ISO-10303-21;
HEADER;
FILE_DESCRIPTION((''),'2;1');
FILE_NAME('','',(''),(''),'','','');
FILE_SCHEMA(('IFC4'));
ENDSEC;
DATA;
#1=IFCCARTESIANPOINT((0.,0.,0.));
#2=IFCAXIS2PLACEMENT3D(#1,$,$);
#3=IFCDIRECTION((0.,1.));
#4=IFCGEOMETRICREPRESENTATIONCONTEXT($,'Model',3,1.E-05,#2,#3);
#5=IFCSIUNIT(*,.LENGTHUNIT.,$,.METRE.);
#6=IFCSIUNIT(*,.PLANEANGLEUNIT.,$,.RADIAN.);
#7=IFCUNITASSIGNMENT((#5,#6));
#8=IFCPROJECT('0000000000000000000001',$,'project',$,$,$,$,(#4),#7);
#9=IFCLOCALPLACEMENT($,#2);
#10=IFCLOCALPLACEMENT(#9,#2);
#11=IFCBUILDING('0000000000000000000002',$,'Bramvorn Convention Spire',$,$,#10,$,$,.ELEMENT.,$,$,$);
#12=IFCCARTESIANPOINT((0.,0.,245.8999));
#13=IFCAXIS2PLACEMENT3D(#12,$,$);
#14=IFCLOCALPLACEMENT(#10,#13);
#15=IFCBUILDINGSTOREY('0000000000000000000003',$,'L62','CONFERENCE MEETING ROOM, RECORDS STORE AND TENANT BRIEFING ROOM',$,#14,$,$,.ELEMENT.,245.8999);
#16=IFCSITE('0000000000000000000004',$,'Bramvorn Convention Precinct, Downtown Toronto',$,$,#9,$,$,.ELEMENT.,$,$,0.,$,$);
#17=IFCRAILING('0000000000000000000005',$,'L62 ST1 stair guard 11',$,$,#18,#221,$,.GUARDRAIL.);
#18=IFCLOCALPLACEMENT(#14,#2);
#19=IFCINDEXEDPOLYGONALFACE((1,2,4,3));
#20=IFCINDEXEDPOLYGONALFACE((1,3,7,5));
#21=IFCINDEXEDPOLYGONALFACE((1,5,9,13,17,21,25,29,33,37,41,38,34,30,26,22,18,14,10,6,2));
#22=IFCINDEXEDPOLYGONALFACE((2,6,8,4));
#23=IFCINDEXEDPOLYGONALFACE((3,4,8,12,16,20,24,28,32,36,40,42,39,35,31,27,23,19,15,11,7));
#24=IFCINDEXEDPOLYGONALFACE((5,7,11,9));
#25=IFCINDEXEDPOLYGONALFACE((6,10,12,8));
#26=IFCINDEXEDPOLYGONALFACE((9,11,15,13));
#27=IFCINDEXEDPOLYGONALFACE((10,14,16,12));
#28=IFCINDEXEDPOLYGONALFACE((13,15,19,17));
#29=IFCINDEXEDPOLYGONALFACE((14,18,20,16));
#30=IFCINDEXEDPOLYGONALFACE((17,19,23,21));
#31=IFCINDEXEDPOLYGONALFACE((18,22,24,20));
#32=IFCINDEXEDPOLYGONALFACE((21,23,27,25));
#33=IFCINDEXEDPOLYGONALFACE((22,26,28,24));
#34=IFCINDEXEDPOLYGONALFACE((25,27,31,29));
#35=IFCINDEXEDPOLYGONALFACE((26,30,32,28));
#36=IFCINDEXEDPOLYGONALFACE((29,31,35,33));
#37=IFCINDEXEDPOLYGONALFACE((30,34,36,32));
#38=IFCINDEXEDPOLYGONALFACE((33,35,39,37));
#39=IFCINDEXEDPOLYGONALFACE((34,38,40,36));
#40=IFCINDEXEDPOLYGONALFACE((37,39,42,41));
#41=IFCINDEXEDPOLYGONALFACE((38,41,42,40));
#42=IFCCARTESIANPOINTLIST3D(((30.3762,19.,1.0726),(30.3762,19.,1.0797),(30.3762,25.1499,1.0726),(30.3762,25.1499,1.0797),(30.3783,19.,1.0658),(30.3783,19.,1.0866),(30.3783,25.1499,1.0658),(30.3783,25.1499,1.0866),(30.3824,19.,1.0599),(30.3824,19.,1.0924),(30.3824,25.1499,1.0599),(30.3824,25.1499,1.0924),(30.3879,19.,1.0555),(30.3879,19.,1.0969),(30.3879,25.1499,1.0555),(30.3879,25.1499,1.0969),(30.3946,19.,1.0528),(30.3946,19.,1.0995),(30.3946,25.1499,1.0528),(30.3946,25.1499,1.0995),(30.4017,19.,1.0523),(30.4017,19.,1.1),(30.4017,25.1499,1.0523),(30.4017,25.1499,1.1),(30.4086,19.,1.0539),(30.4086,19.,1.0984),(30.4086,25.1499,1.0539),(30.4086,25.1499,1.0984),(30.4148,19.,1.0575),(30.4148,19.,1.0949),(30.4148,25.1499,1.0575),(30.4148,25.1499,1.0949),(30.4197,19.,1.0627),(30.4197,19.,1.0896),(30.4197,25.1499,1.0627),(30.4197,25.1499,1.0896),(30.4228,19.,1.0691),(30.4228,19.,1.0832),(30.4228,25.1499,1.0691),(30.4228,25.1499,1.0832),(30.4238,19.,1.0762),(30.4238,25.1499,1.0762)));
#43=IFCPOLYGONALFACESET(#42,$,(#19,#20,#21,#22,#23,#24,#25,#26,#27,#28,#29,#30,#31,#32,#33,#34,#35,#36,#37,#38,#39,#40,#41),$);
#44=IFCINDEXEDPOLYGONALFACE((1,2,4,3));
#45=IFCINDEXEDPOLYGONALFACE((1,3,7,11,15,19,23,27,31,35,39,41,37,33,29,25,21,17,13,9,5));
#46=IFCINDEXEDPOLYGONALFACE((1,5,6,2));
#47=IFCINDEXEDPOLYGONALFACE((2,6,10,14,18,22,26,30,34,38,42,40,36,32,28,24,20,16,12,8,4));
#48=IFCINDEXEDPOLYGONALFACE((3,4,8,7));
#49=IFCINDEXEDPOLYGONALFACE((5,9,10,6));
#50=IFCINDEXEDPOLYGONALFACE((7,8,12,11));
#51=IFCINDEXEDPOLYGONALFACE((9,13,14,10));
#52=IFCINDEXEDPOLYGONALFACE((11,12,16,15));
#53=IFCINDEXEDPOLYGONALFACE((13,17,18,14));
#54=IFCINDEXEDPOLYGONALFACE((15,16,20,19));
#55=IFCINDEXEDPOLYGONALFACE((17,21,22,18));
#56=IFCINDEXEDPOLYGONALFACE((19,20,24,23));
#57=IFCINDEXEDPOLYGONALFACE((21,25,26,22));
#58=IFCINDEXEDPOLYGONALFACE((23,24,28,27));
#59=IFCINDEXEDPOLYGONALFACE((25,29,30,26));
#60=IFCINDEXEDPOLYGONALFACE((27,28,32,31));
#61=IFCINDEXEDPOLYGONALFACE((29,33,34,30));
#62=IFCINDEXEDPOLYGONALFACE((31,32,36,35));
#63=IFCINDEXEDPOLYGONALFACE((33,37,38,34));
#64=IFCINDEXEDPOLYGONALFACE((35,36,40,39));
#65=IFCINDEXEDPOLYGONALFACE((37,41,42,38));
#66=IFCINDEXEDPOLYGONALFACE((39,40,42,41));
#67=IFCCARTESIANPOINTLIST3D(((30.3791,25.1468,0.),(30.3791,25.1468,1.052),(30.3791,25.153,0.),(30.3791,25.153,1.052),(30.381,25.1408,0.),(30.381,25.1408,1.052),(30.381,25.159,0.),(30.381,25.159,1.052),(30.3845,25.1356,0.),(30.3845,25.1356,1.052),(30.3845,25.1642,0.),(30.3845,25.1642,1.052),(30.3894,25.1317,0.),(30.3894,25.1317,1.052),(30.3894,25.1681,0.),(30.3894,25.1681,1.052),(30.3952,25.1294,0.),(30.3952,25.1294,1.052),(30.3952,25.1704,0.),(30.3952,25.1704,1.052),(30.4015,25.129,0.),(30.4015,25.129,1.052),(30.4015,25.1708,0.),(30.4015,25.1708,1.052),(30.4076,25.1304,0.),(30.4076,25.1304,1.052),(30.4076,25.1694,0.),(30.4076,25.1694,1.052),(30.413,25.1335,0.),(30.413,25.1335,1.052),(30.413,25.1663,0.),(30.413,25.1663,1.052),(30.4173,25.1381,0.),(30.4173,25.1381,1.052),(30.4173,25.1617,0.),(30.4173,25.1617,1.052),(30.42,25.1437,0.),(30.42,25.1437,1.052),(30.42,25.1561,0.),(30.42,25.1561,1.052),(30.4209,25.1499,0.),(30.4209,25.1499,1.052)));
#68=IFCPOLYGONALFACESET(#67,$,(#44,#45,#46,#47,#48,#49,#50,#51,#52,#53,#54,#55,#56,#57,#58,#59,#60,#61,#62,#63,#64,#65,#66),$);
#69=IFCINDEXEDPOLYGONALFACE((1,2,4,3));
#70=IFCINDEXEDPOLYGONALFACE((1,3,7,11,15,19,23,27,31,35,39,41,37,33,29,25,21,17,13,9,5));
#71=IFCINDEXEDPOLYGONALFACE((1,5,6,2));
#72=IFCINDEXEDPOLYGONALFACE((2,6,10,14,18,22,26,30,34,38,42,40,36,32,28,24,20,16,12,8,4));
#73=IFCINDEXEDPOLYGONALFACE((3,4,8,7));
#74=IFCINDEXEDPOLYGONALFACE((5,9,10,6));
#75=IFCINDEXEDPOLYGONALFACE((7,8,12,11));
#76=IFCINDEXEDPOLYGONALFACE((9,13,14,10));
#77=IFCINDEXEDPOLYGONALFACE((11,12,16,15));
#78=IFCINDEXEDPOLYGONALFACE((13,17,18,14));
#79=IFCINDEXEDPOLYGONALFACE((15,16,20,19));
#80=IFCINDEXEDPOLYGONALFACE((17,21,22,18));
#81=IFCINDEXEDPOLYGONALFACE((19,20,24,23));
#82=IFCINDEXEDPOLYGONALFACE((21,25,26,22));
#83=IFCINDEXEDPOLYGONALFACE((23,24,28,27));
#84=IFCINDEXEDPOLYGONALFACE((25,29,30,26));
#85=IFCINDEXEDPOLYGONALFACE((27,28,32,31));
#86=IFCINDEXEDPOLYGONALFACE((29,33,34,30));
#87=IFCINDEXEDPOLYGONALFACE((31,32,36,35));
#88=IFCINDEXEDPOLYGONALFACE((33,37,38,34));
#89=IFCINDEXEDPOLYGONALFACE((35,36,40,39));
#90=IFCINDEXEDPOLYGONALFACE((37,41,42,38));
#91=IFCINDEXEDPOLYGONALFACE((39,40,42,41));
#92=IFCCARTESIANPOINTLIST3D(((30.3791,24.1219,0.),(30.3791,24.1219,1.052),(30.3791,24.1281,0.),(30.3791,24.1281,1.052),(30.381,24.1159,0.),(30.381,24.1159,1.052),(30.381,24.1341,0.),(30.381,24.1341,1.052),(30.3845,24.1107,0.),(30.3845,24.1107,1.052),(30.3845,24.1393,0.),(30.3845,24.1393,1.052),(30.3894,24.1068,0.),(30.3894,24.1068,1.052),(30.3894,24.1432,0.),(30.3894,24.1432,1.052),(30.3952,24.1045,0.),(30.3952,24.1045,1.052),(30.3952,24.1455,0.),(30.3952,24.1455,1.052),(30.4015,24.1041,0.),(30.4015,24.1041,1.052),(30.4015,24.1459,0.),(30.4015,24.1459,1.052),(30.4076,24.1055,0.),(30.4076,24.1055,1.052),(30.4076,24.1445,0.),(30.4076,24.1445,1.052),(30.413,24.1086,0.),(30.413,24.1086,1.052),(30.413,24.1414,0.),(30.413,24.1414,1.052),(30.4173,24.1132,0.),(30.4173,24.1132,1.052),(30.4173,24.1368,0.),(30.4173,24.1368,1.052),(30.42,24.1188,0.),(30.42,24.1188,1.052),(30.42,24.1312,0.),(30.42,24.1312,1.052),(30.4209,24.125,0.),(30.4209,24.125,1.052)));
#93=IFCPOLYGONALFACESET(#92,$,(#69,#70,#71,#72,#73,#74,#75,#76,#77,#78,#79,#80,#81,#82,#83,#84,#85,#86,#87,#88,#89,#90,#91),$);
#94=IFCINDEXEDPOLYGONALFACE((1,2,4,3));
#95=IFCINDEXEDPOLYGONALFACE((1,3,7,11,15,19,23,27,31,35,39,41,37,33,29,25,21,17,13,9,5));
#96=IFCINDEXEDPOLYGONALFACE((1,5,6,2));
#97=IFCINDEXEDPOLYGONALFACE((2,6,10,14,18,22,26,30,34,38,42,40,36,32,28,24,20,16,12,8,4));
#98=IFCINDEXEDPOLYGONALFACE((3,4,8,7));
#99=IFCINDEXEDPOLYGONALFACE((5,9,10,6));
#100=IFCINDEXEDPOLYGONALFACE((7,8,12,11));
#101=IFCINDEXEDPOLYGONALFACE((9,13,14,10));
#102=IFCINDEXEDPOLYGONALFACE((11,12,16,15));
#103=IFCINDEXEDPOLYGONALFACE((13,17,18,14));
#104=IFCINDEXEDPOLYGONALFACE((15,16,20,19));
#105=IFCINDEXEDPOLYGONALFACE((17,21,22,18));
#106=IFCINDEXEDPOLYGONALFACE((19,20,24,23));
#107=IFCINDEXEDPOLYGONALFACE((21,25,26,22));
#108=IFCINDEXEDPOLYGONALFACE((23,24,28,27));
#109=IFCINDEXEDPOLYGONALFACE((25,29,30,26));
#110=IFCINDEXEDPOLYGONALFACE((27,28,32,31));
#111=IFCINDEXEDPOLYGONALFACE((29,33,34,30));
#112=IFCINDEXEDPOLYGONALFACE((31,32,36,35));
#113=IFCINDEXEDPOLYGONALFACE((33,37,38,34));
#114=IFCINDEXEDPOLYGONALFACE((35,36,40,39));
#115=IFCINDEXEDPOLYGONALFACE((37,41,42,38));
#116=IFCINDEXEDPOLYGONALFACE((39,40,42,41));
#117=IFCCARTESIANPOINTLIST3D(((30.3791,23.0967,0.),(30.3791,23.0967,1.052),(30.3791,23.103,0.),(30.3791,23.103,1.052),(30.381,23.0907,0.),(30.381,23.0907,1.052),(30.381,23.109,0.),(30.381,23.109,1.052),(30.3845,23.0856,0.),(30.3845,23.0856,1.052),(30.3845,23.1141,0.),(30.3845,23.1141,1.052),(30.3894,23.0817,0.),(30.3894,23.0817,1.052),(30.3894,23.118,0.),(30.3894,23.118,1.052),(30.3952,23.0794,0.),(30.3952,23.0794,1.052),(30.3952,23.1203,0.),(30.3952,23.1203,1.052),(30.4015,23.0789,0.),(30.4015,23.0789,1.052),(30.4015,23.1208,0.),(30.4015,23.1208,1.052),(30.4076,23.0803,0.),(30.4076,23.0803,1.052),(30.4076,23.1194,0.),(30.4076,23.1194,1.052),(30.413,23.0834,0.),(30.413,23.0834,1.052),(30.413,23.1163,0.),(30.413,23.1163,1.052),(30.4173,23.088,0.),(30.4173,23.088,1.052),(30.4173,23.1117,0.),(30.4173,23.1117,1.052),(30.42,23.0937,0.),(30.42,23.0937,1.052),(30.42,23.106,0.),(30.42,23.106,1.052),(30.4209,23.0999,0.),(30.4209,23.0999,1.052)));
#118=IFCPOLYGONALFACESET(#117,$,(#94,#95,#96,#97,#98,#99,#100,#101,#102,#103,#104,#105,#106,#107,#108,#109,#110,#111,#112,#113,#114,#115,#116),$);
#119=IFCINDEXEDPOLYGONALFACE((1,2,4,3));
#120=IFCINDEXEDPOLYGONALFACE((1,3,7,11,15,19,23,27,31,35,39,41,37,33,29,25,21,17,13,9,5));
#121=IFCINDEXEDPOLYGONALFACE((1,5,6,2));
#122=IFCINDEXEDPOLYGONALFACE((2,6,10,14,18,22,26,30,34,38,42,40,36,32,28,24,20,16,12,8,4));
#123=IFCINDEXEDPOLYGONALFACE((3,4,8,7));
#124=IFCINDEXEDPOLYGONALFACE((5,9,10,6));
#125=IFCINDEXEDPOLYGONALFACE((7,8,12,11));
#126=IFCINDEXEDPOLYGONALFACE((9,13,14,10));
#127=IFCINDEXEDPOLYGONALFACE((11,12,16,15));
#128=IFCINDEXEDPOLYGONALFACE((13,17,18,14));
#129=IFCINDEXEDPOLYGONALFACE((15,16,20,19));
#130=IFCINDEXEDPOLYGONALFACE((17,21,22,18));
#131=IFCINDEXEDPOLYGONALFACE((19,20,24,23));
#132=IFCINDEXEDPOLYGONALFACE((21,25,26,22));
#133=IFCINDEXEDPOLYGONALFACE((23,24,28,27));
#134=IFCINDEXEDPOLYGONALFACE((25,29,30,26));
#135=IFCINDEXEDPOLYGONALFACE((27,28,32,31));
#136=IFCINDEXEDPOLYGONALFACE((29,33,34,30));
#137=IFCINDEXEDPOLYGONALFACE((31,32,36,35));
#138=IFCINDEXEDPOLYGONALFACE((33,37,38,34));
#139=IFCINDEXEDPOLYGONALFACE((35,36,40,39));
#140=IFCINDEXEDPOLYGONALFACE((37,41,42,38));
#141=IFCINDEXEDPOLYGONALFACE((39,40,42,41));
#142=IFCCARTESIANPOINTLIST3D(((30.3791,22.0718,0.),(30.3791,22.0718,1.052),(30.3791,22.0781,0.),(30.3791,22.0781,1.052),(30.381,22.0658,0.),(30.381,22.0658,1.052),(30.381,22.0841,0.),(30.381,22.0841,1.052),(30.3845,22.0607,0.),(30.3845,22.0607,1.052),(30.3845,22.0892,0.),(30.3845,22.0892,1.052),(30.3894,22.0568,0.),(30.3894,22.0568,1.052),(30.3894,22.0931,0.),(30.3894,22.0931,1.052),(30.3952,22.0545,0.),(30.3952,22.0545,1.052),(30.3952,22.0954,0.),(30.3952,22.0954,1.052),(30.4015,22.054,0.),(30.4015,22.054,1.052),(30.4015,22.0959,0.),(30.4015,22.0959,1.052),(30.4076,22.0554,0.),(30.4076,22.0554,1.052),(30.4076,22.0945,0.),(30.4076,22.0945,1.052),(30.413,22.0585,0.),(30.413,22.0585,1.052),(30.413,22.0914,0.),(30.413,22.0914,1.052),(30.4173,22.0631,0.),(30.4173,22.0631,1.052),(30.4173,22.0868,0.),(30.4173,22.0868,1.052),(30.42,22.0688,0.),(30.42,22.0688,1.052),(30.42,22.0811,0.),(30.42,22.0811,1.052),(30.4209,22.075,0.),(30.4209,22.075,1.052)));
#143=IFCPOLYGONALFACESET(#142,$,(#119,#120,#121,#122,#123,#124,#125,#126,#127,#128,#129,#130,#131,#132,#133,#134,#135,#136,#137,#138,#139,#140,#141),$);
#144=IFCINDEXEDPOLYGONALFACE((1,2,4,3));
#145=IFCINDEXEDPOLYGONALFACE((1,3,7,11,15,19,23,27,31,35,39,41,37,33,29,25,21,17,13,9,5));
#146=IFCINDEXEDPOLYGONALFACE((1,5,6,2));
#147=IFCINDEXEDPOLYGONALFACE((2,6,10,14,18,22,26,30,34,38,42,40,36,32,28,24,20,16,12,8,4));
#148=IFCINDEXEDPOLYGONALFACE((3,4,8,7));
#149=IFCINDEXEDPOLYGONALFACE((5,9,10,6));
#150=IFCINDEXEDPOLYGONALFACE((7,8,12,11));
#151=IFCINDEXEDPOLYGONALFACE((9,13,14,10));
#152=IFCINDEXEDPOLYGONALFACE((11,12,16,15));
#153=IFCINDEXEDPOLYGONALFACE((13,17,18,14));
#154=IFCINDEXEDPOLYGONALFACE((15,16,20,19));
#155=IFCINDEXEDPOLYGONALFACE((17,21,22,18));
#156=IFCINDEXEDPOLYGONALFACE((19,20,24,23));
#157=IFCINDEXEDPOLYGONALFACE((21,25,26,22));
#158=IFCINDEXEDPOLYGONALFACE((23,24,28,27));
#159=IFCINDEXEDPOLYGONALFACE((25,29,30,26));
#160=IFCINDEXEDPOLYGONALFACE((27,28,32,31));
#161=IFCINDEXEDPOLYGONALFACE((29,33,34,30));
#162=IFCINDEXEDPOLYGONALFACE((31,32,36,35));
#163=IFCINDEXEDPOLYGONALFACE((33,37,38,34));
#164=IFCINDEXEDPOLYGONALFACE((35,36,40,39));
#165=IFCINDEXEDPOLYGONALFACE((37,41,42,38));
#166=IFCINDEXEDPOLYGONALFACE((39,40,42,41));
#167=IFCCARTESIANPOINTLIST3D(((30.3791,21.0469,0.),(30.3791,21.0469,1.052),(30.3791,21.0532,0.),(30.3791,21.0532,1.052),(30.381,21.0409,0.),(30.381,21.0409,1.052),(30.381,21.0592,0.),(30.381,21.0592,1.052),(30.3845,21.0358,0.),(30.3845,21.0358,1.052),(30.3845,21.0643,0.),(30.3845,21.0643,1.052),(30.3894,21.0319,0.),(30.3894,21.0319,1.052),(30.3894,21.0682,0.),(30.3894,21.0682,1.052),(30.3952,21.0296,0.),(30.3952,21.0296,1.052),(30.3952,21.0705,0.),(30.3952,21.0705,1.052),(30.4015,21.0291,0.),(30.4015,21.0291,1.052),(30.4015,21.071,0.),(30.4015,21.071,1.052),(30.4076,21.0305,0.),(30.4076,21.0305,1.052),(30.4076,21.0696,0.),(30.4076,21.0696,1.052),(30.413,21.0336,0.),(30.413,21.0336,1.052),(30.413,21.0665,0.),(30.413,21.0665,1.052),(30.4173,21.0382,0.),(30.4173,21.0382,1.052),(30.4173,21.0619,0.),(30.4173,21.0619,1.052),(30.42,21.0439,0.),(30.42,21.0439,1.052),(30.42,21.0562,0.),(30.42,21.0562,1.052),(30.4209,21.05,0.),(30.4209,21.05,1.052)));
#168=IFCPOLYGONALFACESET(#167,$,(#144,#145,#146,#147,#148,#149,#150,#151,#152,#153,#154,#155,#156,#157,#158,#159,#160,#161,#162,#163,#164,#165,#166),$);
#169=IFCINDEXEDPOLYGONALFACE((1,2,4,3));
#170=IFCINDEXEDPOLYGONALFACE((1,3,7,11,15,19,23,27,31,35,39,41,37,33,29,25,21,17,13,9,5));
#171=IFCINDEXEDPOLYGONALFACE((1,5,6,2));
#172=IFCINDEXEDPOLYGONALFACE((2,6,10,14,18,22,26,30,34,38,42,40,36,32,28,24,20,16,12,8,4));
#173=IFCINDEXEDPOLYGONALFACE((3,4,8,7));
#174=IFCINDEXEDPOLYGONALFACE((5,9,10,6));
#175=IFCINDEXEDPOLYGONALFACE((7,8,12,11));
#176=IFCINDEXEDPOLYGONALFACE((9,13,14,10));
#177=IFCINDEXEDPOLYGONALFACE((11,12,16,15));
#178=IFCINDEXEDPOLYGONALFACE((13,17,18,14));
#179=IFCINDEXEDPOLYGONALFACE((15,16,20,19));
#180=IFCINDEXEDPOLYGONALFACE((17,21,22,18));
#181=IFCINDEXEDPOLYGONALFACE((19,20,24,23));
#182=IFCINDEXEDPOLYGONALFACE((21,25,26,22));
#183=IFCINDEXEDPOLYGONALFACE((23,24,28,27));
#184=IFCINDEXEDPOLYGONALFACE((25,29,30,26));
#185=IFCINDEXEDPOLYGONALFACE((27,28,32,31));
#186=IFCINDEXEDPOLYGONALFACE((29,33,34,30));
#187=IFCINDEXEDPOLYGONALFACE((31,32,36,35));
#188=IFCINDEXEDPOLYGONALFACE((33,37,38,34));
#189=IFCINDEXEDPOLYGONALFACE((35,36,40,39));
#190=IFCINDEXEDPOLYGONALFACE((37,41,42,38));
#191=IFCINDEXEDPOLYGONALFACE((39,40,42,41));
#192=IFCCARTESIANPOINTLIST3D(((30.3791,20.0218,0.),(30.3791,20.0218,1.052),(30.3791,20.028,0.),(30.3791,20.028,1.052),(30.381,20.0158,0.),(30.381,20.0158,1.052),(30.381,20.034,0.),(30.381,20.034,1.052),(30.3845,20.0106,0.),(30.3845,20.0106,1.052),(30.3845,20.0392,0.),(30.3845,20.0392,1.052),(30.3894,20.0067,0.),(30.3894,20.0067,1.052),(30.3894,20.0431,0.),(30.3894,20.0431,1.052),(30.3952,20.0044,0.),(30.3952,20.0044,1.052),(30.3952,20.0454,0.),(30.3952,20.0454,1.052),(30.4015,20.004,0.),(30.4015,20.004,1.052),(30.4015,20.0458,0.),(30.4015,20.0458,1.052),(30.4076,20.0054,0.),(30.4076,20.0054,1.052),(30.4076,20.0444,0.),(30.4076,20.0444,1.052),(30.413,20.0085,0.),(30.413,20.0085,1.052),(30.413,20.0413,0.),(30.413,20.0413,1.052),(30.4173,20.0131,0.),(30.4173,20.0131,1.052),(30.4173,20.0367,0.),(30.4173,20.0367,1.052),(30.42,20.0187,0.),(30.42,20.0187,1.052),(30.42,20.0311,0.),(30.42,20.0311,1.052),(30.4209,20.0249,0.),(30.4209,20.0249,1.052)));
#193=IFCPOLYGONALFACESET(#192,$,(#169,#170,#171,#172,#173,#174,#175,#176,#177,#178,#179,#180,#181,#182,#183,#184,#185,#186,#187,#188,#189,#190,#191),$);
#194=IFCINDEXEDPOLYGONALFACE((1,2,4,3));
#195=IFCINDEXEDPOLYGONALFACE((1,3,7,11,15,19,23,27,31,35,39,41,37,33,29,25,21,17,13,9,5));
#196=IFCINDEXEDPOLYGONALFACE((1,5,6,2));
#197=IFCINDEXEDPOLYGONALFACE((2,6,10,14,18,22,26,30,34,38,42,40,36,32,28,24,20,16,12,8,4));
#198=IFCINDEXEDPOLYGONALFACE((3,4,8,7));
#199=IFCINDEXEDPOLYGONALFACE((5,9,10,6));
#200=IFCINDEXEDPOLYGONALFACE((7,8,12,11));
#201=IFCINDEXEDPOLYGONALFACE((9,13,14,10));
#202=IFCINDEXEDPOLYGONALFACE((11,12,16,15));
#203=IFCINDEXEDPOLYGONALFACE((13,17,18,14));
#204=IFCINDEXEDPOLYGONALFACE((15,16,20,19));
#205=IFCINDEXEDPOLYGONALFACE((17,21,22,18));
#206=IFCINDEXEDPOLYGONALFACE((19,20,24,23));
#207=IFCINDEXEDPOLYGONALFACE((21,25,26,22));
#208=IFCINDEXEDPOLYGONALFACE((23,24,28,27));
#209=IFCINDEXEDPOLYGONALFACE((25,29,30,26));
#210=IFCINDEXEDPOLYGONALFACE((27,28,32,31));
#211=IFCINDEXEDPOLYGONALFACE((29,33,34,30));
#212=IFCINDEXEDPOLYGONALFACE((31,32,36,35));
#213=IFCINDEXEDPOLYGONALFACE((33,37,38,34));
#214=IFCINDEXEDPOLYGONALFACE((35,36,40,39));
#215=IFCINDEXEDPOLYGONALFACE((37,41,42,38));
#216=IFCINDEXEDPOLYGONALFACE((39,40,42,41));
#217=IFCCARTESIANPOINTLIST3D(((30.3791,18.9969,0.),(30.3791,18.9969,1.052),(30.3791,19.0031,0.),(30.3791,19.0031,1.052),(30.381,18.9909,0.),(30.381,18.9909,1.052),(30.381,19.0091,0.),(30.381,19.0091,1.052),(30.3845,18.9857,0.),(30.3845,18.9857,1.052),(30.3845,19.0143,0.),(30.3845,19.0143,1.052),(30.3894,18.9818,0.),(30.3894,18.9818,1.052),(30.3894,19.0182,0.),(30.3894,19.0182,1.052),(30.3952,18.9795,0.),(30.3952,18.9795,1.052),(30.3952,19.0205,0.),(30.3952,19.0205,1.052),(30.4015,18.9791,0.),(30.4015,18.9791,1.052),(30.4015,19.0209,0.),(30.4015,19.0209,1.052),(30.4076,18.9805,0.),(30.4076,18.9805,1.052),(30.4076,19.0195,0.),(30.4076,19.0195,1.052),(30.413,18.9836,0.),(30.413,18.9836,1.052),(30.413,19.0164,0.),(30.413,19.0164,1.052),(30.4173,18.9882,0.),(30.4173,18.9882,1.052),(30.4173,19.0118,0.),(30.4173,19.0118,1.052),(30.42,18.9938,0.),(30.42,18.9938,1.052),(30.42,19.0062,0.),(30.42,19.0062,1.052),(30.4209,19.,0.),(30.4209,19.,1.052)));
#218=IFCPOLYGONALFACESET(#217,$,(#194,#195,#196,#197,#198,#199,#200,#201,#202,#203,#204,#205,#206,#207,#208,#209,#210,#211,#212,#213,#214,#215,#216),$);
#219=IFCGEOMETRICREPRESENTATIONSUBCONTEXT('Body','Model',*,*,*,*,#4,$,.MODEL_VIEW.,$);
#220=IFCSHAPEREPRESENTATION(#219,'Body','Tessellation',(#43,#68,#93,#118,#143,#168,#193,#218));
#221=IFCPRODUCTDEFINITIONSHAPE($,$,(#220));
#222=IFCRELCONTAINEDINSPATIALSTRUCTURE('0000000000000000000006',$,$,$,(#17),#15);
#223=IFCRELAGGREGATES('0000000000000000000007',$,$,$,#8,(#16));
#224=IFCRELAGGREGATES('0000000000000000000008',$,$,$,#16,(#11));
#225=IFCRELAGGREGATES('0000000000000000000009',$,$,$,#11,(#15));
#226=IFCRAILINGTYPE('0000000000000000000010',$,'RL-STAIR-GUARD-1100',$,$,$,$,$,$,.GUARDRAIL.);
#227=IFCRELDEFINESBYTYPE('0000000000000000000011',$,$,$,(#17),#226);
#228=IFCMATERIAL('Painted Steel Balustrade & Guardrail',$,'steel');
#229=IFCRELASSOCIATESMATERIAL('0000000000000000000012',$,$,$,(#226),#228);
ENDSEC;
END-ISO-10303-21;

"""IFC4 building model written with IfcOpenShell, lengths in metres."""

from ifc_helpers import new_model, si_unit, direction, frame, origin, origin_2d, place, context, subcontext, project, spatial, circle, extrude, material, type_object, element, save


model = new_model("IFC4")

# Units and contexts
model_context = context("Model", 3, precision=1e-05, world=origin(), true_north=direction((0.0, 1.0)))
body_context = subcontext(model_context, "Body", "Model", "MODEL_VIEW")
ifc_project = project(units=[si_unit("LENGTHUNIT", "METRE"), si_unit("PLANEANGLEUNIT", "RADIAN")], contexts=[model_context])

# Site, building, storey
site_placement = place(None, origin())
site = spatial("IfcSite", under=ifc_project, at=site_placement, Name="Bramvorn Convention Precinct, Downtown Toronto", CompositionType="ELEMENT", RefElevation=0.0)
building_placement = place(site_placement, origin())
building = spatial("IfcBuilding", under=site, at=building_placement, Name="Bramvorn Convention Spire", CompositionType="ELEMENT")
storey_placement = place(building_placement, frame((0.0, 0.0, 245.8999)))
storey = spatial("IfcBuildingStorey", under=building, at=storey_placement, Name="L62", Description="CONFERENCE MEETING ROOM, RECORDS STORE AND TENANT BRIEFING ROOM", CompositionType="ELEMENT", Elevation=245.8999)

# Railing
ifc_material_1 = material(Name="Painted Steel Balustrade & Guardrail", Category="steel")
railing_type_1 = type_object("IfcRailingType", Name="RL-STAIR-GUARD-1100", PredefinedType="GUARDRAIL", material=ifc_material_1)
railing_1_placement = place(storey_placement, frame((30.3999, 25.1499, 0.0)))
element("IfcRailing", 1, at=railing_1_placement, inside=storey, type_object=railing_type_1, Name="L62 ST1 stair guard 11", PredefinedType="GUARDRAIL", context=body_context, shape_type="SweptSolid", body=[
    extrude(circle(Radius=0.0239, at=origin_2d()), frame((0.0, 0.0, 1.0762), z_axis=(0.0, -1.0, 0.0), x_axis=(1.0, 0.0, 0.0)), (0.0, 0.0, 1.0), 6.1499),
    extrude(circle(Radius=0.021, at=origin_2d()), origin(), (0.0, 0.0, 1.0), 1.052),
    extrude(circle(Radius=0.021, at=origin_2d()), frame((0.0, -1.0249, 0.0)), (0.0, 0.0, 1.0), 1.052),
    extrude(circle(Radius=0.021, at=origin_2d()), frame((0.0, -2.05, 0.0)), (0.0, 0.0, 1.0), 1.052),
    extrude(circle(Radius=0.021, at=origin_2d()), frame((0.0, -3.075, 0.0)), (0.0, 0.0, 1.0), 1.052),
    extrude(circle(Radius=0.021, at=origin_2d()), frame((0.0, -4.0999, 0.0)), (0.0, 0.0, 1.0), 1.052),
    extrude(circle(Radius=0.021, at=origin_2d()), frame((0.0, -5.125, 0.0)), (0.0, 0.0, 1.0), 1.052),
    extrude(circle(Radius=0.021, at=origin_2d()), frame((0.0, -6.1499, 0.0)), (0.0, 0.0, 1.0), 1.052),
])

save(model, "model.ifc")
